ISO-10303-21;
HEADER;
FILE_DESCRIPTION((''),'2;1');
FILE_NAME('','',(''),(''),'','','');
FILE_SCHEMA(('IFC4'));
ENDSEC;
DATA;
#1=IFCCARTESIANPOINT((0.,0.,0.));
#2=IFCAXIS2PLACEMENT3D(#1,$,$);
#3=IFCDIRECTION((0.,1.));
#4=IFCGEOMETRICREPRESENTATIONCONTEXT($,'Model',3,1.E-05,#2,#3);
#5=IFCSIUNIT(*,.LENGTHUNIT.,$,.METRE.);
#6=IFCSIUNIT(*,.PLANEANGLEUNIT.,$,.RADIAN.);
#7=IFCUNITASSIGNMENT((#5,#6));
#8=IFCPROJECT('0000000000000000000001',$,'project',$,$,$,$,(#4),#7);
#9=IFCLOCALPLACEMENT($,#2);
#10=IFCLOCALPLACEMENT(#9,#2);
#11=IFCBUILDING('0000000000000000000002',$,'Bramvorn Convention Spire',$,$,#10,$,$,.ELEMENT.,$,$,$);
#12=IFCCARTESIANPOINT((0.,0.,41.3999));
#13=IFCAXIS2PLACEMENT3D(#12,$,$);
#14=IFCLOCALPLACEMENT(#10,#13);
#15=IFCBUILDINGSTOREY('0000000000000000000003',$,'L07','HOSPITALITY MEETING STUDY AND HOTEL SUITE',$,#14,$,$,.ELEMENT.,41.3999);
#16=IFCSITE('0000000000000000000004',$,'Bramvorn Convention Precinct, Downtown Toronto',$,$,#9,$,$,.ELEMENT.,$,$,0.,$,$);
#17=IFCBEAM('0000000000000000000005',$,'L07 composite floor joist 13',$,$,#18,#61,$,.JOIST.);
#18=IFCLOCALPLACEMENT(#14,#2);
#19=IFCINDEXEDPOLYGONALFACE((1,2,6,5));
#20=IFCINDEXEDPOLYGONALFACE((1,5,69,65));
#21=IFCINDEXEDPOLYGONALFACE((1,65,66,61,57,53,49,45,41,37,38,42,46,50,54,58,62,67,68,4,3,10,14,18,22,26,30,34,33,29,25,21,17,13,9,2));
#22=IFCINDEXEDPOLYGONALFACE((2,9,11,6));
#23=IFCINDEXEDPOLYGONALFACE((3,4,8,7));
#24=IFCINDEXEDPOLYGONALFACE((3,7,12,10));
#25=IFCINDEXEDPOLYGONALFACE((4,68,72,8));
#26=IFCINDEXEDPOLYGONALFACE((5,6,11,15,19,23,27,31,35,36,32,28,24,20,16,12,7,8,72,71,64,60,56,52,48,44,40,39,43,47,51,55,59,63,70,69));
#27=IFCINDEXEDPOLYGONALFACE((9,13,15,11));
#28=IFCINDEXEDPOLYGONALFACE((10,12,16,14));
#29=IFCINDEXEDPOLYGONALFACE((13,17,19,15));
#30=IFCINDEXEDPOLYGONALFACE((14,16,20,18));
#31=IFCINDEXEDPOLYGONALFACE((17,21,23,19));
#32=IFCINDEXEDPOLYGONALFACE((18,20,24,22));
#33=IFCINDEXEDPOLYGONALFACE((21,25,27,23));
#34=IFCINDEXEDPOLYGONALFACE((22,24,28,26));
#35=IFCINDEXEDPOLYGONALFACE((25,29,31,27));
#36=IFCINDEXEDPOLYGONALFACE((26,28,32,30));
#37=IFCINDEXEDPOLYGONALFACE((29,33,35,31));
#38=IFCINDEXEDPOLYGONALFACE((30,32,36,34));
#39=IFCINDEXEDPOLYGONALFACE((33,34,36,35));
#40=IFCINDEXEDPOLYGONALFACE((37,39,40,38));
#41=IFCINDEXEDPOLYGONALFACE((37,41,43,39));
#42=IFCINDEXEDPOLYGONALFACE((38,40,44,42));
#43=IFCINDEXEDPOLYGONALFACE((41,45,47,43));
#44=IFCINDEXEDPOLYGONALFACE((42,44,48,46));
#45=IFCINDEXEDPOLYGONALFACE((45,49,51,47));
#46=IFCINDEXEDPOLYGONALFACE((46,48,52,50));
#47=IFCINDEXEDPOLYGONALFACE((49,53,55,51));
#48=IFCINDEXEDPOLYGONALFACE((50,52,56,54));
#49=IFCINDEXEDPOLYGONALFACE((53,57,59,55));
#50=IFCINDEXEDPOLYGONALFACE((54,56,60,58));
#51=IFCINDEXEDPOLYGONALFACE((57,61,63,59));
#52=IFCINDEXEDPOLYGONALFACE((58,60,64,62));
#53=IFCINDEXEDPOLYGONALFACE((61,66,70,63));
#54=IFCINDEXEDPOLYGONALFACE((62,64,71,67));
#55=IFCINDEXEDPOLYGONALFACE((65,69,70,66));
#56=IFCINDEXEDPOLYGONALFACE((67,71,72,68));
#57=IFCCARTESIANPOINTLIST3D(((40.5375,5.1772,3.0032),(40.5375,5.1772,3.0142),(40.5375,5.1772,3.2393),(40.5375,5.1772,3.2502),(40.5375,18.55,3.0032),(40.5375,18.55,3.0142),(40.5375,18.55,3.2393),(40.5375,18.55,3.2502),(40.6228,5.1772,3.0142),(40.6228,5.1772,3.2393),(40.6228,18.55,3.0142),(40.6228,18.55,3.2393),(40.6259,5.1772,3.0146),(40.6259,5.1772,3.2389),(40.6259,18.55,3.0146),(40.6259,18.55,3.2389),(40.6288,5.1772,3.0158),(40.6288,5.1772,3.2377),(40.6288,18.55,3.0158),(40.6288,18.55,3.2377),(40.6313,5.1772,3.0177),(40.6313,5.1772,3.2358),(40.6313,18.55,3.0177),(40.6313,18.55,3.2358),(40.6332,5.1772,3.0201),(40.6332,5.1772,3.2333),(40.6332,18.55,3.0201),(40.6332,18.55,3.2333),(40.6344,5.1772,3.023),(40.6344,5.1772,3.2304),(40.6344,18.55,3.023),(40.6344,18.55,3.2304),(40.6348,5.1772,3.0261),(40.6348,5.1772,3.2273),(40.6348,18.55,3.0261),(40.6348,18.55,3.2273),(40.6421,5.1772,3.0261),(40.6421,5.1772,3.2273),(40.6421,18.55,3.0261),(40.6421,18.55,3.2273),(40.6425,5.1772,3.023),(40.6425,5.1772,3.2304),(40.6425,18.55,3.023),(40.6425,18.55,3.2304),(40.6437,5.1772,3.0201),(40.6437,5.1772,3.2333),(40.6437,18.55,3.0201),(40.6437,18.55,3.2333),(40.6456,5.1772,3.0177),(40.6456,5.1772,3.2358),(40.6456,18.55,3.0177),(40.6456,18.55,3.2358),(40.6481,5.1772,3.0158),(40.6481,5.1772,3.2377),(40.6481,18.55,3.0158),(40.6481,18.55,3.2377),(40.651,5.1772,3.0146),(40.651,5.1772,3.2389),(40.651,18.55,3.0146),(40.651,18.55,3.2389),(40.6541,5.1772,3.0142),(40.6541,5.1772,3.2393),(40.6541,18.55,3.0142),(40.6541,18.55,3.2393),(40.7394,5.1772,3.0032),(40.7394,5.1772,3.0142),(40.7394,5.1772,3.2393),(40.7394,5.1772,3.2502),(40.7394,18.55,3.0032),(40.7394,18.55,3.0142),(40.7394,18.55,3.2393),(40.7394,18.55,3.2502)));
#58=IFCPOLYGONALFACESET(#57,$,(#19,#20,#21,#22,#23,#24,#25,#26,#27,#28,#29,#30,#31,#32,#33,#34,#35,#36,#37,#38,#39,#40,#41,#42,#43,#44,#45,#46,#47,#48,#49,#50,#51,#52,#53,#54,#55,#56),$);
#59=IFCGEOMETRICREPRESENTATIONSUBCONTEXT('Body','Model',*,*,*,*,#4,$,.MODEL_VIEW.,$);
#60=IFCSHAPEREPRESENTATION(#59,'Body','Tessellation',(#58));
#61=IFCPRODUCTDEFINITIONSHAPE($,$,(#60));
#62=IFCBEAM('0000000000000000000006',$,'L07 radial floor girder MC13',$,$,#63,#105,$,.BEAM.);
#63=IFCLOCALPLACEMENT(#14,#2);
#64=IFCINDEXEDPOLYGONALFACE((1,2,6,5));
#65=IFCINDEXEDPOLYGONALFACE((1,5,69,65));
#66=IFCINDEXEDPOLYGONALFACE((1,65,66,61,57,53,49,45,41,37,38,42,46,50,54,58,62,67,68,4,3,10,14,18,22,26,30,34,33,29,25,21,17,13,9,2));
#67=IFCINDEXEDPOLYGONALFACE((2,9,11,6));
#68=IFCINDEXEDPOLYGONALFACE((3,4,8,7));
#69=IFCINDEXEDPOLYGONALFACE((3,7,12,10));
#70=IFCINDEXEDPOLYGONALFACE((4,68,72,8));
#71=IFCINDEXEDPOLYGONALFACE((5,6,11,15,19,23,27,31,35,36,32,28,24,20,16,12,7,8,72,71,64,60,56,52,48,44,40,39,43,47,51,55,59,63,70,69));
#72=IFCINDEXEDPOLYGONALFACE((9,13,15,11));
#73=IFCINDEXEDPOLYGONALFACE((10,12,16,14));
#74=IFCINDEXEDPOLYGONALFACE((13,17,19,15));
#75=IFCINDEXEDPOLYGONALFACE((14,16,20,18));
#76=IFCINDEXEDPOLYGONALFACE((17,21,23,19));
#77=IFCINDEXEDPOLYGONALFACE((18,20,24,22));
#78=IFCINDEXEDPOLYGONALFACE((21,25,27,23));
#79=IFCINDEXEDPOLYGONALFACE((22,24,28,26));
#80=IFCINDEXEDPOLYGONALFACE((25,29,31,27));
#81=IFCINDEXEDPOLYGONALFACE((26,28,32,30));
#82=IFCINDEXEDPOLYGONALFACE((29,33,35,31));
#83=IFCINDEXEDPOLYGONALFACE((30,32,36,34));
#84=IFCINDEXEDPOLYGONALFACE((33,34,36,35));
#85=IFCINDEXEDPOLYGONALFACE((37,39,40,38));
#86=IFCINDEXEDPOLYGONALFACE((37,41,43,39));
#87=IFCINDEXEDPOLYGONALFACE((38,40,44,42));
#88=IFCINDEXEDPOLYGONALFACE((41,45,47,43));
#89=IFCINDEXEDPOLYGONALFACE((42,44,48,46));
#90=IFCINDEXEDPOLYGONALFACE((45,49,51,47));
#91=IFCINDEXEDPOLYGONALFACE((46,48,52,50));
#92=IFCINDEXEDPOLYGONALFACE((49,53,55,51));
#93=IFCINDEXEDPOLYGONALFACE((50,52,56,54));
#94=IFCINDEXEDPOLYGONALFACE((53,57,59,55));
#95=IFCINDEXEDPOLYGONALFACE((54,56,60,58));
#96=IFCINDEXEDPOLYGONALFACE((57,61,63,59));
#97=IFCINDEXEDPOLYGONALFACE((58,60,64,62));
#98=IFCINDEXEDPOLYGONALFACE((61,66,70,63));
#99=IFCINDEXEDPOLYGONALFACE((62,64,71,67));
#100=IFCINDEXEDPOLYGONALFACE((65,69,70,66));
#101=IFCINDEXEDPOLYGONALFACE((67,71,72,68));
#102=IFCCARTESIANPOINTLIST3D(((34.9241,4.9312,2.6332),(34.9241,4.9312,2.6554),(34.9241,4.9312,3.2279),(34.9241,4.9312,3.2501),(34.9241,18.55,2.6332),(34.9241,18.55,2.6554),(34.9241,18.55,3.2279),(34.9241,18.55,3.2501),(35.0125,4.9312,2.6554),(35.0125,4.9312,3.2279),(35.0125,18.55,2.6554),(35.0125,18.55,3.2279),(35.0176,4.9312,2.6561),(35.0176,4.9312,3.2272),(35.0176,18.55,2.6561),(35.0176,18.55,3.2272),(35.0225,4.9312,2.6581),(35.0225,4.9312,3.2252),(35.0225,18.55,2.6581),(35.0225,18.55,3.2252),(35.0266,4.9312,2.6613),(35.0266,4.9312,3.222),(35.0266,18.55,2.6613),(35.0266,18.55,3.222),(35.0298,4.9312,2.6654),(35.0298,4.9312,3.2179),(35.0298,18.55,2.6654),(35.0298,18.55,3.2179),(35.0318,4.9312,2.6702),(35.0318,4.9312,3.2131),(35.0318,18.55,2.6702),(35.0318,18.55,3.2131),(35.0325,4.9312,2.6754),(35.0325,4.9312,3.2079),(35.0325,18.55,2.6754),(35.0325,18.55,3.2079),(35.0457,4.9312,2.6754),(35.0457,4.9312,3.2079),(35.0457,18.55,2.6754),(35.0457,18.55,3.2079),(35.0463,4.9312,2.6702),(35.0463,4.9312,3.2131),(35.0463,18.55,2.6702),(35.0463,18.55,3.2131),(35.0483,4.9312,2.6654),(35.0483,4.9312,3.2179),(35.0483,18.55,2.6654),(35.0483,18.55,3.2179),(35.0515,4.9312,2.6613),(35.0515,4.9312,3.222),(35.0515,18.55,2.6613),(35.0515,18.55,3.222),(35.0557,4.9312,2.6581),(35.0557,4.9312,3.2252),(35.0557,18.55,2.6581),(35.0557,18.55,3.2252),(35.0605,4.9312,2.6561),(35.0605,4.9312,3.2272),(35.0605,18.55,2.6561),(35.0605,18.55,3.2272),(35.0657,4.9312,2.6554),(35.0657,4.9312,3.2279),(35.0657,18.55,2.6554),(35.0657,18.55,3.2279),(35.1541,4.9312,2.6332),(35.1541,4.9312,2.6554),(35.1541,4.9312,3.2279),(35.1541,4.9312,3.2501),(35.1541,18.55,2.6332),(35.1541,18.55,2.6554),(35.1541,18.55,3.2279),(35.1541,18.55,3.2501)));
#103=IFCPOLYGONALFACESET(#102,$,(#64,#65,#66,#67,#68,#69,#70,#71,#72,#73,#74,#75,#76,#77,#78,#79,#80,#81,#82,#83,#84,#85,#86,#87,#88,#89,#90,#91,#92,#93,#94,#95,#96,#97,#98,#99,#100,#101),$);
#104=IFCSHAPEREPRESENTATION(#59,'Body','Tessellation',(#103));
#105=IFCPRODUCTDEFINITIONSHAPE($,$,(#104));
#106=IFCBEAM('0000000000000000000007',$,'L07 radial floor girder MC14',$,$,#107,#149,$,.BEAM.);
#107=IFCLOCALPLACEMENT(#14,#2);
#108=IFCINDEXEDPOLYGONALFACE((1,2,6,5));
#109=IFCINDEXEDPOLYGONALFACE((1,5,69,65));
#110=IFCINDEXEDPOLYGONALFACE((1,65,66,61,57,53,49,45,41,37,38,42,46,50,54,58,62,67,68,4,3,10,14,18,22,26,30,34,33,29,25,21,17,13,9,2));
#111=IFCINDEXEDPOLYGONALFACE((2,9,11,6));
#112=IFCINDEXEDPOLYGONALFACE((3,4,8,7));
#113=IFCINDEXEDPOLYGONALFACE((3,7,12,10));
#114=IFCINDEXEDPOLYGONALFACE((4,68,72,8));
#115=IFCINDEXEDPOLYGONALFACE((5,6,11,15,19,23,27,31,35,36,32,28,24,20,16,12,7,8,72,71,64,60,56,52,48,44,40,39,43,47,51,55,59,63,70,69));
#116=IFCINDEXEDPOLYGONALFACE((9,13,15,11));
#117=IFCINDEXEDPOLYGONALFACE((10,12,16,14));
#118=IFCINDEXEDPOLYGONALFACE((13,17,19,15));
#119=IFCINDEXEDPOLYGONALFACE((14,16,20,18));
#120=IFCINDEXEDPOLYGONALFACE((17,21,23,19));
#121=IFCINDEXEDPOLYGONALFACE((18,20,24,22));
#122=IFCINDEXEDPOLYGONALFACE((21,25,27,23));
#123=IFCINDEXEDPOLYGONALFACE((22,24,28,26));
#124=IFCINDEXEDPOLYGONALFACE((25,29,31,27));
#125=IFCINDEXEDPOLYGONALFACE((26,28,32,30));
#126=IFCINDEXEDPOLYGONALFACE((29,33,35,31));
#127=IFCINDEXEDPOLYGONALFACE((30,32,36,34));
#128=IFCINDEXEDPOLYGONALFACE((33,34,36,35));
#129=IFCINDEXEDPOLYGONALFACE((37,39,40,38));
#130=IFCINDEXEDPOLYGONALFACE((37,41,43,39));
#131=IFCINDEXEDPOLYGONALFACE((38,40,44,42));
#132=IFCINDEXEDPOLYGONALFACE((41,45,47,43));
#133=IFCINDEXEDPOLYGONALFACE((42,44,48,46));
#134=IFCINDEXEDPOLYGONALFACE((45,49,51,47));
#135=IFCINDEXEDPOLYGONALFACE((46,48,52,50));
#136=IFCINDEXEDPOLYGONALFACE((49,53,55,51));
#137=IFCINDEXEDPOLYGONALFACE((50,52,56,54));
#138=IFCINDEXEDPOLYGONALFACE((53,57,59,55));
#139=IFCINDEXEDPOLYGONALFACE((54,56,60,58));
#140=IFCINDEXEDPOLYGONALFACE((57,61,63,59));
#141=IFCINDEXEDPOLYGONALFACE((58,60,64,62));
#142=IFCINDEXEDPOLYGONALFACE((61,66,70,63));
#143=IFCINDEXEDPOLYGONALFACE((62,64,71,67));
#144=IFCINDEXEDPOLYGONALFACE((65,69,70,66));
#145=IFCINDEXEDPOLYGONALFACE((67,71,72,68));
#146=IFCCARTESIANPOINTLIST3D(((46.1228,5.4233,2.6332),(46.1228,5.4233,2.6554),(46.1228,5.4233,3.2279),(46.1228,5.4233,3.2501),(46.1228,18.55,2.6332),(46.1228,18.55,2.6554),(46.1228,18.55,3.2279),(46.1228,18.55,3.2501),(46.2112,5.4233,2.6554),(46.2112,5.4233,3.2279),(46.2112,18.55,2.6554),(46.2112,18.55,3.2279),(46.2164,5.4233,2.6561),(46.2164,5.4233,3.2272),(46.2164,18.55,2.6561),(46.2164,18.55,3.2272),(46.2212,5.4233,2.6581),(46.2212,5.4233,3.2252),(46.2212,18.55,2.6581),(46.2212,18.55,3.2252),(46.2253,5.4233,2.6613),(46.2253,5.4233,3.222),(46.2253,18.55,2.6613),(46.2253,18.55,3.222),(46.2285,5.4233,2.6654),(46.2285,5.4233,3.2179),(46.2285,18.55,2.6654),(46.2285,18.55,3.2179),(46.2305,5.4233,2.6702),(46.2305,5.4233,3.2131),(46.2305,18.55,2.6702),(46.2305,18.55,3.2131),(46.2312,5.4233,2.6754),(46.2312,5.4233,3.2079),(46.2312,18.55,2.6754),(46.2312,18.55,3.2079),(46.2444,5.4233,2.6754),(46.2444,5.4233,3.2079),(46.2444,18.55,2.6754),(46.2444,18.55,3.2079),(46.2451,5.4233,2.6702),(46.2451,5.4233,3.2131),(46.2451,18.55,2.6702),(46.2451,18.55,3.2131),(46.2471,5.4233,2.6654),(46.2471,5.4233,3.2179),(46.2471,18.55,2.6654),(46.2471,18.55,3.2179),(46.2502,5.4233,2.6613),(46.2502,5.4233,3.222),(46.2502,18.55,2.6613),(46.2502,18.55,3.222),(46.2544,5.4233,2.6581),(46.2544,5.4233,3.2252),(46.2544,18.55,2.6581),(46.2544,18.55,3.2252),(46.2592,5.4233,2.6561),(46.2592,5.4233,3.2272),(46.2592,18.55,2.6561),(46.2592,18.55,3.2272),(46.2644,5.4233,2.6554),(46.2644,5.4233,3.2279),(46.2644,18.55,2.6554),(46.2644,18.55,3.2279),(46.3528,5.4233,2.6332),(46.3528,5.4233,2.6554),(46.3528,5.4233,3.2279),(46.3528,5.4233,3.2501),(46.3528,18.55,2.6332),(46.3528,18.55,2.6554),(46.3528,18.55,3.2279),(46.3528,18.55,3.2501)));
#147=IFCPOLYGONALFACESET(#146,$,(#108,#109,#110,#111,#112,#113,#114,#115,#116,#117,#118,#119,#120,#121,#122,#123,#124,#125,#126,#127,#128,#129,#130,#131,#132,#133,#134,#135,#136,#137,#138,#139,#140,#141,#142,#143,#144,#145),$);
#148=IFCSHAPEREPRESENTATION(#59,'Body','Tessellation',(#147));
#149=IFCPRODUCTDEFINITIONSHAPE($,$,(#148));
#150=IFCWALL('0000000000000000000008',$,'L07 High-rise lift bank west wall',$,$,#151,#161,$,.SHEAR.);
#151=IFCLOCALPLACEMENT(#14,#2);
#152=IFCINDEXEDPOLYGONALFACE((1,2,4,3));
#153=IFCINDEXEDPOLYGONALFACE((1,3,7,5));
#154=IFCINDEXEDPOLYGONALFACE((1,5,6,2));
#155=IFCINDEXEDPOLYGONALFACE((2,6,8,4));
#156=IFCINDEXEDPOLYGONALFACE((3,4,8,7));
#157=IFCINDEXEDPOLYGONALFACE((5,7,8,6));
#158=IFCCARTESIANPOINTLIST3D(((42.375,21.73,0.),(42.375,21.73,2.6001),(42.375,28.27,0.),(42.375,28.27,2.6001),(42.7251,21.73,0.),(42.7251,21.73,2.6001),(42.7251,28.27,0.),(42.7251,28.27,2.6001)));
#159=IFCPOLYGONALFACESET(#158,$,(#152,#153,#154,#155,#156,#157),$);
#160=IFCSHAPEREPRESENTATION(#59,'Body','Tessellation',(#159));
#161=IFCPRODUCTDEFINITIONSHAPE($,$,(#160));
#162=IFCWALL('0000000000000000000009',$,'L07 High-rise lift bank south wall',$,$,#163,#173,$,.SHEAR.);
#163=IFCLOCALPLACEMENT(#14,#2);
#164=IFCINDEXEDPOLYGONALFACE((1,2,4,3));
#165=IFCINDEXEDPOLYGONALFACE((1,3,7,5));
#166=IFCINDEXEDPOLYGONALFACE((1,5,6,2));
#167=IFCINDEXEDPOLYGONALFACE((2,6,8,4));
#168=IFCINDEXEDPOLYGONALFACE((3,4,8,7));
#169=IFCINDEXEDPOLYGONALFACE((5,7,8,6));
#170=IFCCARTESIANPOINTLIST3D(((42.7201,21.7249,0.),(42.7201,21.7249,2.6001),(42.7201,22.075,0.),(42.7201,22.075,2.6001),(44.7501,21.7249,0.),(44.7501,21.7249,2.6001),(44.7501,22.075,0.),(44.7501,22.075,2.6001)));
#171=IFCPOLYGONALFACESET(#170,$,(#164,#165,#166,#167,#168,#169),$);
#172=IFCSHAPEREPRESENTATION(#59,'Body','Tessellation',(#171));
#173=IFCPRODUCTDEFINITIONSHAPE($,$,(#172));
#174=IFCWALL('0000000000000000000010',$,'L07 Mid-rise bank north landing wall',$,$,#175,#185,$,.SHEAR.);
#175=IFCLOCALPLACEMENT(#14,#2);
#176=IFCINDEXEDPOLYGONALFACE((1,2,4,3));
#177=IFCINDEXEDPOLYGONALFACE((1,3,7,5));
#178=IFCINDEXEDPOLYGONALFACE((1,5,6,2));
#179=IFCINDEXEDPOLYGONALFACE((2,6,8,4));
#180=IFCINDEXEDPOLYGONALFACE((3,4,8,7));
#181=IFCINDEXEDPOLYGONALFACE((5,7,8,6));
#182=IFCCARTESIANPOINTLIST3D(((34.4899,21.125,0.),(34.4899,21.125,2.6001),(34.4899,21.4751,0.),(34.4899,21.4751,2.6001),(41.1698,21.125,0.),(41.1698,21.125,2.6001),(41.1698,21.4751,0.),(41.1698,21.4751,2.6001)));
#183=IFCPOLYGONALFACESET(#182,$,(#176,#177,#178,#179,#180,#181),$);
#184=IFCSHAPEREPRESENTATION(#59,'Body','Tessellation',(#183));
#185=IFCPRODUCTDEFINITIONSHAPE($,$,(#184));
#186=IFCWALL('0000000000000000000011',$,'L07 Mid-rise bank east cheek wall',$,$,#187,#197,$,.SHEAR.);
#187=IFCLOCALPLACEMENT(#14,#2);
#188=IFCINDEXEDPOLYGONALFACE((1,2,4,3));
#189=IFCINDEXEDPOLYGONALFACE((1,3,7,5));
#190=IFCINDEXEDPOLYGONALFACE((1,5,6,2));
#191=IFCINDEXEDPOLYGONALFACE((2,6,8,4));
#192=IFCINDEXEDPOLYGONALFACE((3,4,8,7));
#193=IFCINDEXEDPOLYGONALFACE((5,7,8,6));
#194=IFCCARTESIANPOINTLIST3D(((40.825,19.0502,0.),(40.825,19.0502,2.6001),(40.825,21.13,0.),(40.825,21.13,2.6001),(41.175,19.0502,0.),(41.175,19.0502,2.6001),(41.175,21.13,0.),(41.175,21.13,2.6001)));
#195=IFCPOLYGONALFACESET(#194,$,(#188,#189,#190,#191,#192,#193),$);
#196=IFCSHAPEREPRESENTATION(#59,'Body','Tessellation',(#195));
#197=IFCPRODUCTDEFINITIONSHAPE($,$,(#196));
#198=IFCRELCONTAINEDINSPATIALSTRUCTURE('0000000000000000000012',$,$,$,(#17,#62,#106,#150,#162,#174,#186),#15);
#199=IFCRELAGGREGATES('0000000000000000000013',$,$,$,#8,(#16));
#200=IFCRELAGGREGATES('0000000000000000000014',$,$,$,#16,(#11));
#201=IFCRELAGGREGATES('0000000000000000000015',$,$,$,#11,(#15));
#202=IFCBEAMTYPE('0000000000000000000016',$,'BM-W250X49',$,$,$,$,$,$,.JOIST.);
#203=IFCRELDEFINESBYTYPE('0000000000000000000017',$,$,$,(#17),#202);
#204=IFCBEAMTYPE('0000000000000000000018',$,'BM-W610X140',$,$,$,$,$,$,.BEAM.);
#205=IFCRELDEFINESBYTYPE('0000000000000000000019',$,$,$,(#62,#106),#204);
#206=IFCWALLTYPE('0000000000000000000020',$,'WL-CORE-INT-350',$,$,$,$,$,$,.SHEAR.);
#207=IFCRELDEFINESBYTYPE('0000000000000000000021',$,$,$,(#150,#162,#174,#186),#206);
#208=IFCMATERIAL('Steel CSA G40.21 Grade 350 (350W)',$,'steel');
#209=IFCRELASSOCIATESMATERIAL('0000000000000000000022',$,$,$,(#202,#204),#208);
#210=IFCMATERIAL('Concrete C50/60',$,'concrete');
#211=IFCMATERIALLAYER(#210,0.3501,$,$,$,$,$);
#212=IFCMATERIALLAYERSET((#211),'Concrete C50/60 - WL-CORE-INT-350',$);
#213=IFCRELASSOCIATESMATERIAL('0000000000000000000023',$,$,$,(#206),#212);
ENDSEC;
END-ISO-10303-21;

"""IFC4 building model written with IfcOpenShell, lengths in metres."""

from ifc_helpers import new_model, si_unit, direction, frame, frame_2d, origin, origin_2d, place, context, subcontext, project, spatial, rectangle, i_section, extrude, material, layer, layer_set, material_profile, profile_set, type_object, element, save


model = new_model("IFC4")

# Units and contexts
model_context = context("Model", 3, precision=1e-05, world=origin(), true_north=direction((0.0, 1.0)))
body_context = subcontext(model_context, "Body", "Model", "MODEL_VIEW")
ifc_project = project(units=[si_unit("LENGTHUNIT", "METRE"), si_unit("PLANEANGLEUNIT", "RADIAN")], contexts=[model_context])

# Site, building, storey
site_placement = place(None, origin())
site = spatial("IfcSite", under=ifc_project, at=site_placement, Name="Bramvorn Convention Precinct, Downtown Toronto", CompositionType="ELEMENT", RefElevation=0.0)
building_placement = place(site_placement, origin())
building = spatial("IfcBuilding", under=site, at=building_placement, Name="Bramvorn Convention Spire", CompositionType="ELEMENT")
storey_placement = place(building_placement, frame((0.0, 0.0, 41.3999)))
storey = spatial("IfcBuildingStorey", under=building, at=storey_placement, Name="L07", Description="HOSPITALITY MEETING STUDY AND HOTEL SUITE", CompositionType="ELEMENT", Elevation=41.3999)

# Beams
ifc_material_1 = material(Name="Steel CSA G40.21 Grade 350 (350W)", Category="steel")
ifc_material_profile_1 = material_profile(ifc_material_1, i_section(OverallWidth=0.2019, OverallDepth=0.2471, WebThickness=0.0073, FlangeThickness=0.011, FilletRadius=0.012, at=origin_2d()))
ifc_profile_set_1 = profile_set([ifc_material_profile_1], Name="Steel CSA G40.21 Grade 350 (350W) - W250X49")
beam_type_1 = type_object("IfcBeamType", Name="BM-W250X49", PredefinedType="JOIST", material=ifc_profile_set_1)
beam_1_placement = place(storey_placement, frame((40.6384, 18.55, 3.1267), z_axis=(0.0, -1.0, 0.0), x_axis=(1.0, 0.0, 0.0)))
element("IfcBeam", 1, at=beam_1_placement, inside=storey, type_object=beam_type_1, Name="L07 composite floor joist 13", PredefinedType="JOIST", context=body_context, shape_type="SweptSolid", body=[
    extrude(i_section(OverallWidth=0.2019, OverallDepth=0.2471, WebThickness=0.0073, FlangeThickness=0.011, FilletRadius=0.012, at=origin_2d()), origin(), (0.0, 0.0, 1.0), 13.3728),
])
ifc_material_profile_2 = material_profile(ifc_material_1, i_section(OverallWidth=0.23, OverallDepth=0.6169, WebThickness=0.0132, FlangeThickness=0.0222, FilletRadius=0.02, at=origin_2d()))
ifc_profile_set_2 = profile_set([ifc_material_profile_2], Name="Steel CSA G40.21 Grade 350 (350W) - W610X140")
beam_type_2 = type_object("IfcBeamType", Name="BM-W610X140", PredefinedType="BEAM", material=ifc_profile_set_2)
beam_2_placement = place(storey_placement, frame((35.0391, 18.55, 2.9417), z_axis=(0.0, -1.0, 0.0), x_axis=(1.0, 0.0, 0.0)))
element("IfcBeam", 2, at=beam_2_placement, inside=storey, type_object=beam_type_2, Name="L07 radial floor girder MC13", PredefinedType="BEAM", context=body_context, shape_type="SweptSolid", body=[
    extrude(i_section(OverallWidth=0.23, OverallDepth=0.6169, WebThickness=0.0132, FlangeThickness=0.0222, FilletRadius=0.02, at=origin_2d()), origin(), (0.0, 0.0, 1.0), 13.6189),
])
beam_3_placement = place(storey_placement, frame((46.2378, 18.55, 2.9417), z_axis=(0.0, -1.0, 0.0), x_axis=(1.0, 0.0, 0.0)))
element("IfcBeam", 3, at=beam_3_placement, inside=storey, type_object=beam_type_2, Name="L07 radial floor girder MC14", PredefinedType="BEAM", context=body_context, shape_type="SweptSolid", body=[
    extrude(i_section(OverallWidth=0.23, OverallDepth=0.6169, WebThickness=0.0132, FlangeThickness=0.0222, FilletRadius=0.02, at=origin_2d()), origin(), (0.0, 0.0, 1.0), 13.1267),
])

# Walls
ifc_material_2 = material(Name="Concrete C50/60", Category="concrete")
ifc_layer_1 = layer(ifc_material_2, 0.3501)
ifc_layer_set_1 = layer_set([ifc_layer_1], Name="Concrete C50/60 - WL-CORE-INT-350")
wall_type_1 = type_object("IfcWallType", Name="WL-CORE-INT-350", PredefinedType="SHEAR", material=ifc_layer_set_1)
wall_1_placement = place(storey_placement, frame((42.55, 21.73, 0.0), z_axis=(0.0, 0.0, 1.0), x_axis=(0.0, 1.0, 0.0)))
element("IfcWall", 4, at=wall_1_placement, inside=storey, type_object=wall_type_1, Name="L07 High-rise lift bank west wall", PredefinedType="SHEAR", context=body_context, shape_type="SweptSolid", body=[
    extrude(rectangle(XDim=6.54, YDim=0.3501, at=frame_2d((3.27, 0.0))), origin(), (0.0, 0.0, 1.0), 2.6001),
])
wall_2_placement = place(storey_placement, frame((42.72, 21.8999, 0.0), z_axis=(0.0, 0.0, 1.0), x_axis=(1.0, 0.0, 0.0)))
element("IfcWall", 5, at=wall_2_placement, inside=storey, type_object=wall_type_1, Name="L07 High-rise lift bank south wall", PredefinedType="SHEAR", context=body_context, shape_type="SweptSolid", body=[
    extrude(rectangle(XDim=2.03, YDim=0.3501, at=frame_2d((1.0151, 0.0))), origin(), (0.0, 0.0, 1.0), 2.6001),
])
wall_3_placement = place(storey_placement, frame((34.49, 21.3, 0.0), z_axis=(0.0, 0.0, 1.0), x_axis=(1.0, 0.0, 0.0)))
element("IfcWall", 6, at=wall_3_placement, inside=storey, type_object=wall_type_1, Name="L07 Mid-rise bank north landing wall", PredefinedType="SHEAR", context=body_context, shape_type="SweptSolid", body=[
    extrude(rectangle(XDim=6.6799, YDim=0.3501, at=frame_2d((3.3398, 0.0))), origin(), (0.0, 0.0, 1.0), 2.6001),
])
wall_4_placement = place(storey_placement, frame((41.0, 19.05, 0.0), z_axis=(0.0, 0.0, 1.0), x_axis=(0.0, 1.0, 0.0)))
element("IfcWall", 7, at=wall_4_placement, inside=storey, type_object=wall_type_1, Name="L07 Mid-rise bank east cheek wall", PredefinedType="SHEAR", context=body_context, shape_type="SweptSolid", body=[
    extrude(rectangle(XDim=2.0798, YDim=0.3501, at=frame_2d((1.04, 0.0))), origin(), (0.0, 0.0, 1.0), 2.6001),
])

save(model, "model.ifc")
